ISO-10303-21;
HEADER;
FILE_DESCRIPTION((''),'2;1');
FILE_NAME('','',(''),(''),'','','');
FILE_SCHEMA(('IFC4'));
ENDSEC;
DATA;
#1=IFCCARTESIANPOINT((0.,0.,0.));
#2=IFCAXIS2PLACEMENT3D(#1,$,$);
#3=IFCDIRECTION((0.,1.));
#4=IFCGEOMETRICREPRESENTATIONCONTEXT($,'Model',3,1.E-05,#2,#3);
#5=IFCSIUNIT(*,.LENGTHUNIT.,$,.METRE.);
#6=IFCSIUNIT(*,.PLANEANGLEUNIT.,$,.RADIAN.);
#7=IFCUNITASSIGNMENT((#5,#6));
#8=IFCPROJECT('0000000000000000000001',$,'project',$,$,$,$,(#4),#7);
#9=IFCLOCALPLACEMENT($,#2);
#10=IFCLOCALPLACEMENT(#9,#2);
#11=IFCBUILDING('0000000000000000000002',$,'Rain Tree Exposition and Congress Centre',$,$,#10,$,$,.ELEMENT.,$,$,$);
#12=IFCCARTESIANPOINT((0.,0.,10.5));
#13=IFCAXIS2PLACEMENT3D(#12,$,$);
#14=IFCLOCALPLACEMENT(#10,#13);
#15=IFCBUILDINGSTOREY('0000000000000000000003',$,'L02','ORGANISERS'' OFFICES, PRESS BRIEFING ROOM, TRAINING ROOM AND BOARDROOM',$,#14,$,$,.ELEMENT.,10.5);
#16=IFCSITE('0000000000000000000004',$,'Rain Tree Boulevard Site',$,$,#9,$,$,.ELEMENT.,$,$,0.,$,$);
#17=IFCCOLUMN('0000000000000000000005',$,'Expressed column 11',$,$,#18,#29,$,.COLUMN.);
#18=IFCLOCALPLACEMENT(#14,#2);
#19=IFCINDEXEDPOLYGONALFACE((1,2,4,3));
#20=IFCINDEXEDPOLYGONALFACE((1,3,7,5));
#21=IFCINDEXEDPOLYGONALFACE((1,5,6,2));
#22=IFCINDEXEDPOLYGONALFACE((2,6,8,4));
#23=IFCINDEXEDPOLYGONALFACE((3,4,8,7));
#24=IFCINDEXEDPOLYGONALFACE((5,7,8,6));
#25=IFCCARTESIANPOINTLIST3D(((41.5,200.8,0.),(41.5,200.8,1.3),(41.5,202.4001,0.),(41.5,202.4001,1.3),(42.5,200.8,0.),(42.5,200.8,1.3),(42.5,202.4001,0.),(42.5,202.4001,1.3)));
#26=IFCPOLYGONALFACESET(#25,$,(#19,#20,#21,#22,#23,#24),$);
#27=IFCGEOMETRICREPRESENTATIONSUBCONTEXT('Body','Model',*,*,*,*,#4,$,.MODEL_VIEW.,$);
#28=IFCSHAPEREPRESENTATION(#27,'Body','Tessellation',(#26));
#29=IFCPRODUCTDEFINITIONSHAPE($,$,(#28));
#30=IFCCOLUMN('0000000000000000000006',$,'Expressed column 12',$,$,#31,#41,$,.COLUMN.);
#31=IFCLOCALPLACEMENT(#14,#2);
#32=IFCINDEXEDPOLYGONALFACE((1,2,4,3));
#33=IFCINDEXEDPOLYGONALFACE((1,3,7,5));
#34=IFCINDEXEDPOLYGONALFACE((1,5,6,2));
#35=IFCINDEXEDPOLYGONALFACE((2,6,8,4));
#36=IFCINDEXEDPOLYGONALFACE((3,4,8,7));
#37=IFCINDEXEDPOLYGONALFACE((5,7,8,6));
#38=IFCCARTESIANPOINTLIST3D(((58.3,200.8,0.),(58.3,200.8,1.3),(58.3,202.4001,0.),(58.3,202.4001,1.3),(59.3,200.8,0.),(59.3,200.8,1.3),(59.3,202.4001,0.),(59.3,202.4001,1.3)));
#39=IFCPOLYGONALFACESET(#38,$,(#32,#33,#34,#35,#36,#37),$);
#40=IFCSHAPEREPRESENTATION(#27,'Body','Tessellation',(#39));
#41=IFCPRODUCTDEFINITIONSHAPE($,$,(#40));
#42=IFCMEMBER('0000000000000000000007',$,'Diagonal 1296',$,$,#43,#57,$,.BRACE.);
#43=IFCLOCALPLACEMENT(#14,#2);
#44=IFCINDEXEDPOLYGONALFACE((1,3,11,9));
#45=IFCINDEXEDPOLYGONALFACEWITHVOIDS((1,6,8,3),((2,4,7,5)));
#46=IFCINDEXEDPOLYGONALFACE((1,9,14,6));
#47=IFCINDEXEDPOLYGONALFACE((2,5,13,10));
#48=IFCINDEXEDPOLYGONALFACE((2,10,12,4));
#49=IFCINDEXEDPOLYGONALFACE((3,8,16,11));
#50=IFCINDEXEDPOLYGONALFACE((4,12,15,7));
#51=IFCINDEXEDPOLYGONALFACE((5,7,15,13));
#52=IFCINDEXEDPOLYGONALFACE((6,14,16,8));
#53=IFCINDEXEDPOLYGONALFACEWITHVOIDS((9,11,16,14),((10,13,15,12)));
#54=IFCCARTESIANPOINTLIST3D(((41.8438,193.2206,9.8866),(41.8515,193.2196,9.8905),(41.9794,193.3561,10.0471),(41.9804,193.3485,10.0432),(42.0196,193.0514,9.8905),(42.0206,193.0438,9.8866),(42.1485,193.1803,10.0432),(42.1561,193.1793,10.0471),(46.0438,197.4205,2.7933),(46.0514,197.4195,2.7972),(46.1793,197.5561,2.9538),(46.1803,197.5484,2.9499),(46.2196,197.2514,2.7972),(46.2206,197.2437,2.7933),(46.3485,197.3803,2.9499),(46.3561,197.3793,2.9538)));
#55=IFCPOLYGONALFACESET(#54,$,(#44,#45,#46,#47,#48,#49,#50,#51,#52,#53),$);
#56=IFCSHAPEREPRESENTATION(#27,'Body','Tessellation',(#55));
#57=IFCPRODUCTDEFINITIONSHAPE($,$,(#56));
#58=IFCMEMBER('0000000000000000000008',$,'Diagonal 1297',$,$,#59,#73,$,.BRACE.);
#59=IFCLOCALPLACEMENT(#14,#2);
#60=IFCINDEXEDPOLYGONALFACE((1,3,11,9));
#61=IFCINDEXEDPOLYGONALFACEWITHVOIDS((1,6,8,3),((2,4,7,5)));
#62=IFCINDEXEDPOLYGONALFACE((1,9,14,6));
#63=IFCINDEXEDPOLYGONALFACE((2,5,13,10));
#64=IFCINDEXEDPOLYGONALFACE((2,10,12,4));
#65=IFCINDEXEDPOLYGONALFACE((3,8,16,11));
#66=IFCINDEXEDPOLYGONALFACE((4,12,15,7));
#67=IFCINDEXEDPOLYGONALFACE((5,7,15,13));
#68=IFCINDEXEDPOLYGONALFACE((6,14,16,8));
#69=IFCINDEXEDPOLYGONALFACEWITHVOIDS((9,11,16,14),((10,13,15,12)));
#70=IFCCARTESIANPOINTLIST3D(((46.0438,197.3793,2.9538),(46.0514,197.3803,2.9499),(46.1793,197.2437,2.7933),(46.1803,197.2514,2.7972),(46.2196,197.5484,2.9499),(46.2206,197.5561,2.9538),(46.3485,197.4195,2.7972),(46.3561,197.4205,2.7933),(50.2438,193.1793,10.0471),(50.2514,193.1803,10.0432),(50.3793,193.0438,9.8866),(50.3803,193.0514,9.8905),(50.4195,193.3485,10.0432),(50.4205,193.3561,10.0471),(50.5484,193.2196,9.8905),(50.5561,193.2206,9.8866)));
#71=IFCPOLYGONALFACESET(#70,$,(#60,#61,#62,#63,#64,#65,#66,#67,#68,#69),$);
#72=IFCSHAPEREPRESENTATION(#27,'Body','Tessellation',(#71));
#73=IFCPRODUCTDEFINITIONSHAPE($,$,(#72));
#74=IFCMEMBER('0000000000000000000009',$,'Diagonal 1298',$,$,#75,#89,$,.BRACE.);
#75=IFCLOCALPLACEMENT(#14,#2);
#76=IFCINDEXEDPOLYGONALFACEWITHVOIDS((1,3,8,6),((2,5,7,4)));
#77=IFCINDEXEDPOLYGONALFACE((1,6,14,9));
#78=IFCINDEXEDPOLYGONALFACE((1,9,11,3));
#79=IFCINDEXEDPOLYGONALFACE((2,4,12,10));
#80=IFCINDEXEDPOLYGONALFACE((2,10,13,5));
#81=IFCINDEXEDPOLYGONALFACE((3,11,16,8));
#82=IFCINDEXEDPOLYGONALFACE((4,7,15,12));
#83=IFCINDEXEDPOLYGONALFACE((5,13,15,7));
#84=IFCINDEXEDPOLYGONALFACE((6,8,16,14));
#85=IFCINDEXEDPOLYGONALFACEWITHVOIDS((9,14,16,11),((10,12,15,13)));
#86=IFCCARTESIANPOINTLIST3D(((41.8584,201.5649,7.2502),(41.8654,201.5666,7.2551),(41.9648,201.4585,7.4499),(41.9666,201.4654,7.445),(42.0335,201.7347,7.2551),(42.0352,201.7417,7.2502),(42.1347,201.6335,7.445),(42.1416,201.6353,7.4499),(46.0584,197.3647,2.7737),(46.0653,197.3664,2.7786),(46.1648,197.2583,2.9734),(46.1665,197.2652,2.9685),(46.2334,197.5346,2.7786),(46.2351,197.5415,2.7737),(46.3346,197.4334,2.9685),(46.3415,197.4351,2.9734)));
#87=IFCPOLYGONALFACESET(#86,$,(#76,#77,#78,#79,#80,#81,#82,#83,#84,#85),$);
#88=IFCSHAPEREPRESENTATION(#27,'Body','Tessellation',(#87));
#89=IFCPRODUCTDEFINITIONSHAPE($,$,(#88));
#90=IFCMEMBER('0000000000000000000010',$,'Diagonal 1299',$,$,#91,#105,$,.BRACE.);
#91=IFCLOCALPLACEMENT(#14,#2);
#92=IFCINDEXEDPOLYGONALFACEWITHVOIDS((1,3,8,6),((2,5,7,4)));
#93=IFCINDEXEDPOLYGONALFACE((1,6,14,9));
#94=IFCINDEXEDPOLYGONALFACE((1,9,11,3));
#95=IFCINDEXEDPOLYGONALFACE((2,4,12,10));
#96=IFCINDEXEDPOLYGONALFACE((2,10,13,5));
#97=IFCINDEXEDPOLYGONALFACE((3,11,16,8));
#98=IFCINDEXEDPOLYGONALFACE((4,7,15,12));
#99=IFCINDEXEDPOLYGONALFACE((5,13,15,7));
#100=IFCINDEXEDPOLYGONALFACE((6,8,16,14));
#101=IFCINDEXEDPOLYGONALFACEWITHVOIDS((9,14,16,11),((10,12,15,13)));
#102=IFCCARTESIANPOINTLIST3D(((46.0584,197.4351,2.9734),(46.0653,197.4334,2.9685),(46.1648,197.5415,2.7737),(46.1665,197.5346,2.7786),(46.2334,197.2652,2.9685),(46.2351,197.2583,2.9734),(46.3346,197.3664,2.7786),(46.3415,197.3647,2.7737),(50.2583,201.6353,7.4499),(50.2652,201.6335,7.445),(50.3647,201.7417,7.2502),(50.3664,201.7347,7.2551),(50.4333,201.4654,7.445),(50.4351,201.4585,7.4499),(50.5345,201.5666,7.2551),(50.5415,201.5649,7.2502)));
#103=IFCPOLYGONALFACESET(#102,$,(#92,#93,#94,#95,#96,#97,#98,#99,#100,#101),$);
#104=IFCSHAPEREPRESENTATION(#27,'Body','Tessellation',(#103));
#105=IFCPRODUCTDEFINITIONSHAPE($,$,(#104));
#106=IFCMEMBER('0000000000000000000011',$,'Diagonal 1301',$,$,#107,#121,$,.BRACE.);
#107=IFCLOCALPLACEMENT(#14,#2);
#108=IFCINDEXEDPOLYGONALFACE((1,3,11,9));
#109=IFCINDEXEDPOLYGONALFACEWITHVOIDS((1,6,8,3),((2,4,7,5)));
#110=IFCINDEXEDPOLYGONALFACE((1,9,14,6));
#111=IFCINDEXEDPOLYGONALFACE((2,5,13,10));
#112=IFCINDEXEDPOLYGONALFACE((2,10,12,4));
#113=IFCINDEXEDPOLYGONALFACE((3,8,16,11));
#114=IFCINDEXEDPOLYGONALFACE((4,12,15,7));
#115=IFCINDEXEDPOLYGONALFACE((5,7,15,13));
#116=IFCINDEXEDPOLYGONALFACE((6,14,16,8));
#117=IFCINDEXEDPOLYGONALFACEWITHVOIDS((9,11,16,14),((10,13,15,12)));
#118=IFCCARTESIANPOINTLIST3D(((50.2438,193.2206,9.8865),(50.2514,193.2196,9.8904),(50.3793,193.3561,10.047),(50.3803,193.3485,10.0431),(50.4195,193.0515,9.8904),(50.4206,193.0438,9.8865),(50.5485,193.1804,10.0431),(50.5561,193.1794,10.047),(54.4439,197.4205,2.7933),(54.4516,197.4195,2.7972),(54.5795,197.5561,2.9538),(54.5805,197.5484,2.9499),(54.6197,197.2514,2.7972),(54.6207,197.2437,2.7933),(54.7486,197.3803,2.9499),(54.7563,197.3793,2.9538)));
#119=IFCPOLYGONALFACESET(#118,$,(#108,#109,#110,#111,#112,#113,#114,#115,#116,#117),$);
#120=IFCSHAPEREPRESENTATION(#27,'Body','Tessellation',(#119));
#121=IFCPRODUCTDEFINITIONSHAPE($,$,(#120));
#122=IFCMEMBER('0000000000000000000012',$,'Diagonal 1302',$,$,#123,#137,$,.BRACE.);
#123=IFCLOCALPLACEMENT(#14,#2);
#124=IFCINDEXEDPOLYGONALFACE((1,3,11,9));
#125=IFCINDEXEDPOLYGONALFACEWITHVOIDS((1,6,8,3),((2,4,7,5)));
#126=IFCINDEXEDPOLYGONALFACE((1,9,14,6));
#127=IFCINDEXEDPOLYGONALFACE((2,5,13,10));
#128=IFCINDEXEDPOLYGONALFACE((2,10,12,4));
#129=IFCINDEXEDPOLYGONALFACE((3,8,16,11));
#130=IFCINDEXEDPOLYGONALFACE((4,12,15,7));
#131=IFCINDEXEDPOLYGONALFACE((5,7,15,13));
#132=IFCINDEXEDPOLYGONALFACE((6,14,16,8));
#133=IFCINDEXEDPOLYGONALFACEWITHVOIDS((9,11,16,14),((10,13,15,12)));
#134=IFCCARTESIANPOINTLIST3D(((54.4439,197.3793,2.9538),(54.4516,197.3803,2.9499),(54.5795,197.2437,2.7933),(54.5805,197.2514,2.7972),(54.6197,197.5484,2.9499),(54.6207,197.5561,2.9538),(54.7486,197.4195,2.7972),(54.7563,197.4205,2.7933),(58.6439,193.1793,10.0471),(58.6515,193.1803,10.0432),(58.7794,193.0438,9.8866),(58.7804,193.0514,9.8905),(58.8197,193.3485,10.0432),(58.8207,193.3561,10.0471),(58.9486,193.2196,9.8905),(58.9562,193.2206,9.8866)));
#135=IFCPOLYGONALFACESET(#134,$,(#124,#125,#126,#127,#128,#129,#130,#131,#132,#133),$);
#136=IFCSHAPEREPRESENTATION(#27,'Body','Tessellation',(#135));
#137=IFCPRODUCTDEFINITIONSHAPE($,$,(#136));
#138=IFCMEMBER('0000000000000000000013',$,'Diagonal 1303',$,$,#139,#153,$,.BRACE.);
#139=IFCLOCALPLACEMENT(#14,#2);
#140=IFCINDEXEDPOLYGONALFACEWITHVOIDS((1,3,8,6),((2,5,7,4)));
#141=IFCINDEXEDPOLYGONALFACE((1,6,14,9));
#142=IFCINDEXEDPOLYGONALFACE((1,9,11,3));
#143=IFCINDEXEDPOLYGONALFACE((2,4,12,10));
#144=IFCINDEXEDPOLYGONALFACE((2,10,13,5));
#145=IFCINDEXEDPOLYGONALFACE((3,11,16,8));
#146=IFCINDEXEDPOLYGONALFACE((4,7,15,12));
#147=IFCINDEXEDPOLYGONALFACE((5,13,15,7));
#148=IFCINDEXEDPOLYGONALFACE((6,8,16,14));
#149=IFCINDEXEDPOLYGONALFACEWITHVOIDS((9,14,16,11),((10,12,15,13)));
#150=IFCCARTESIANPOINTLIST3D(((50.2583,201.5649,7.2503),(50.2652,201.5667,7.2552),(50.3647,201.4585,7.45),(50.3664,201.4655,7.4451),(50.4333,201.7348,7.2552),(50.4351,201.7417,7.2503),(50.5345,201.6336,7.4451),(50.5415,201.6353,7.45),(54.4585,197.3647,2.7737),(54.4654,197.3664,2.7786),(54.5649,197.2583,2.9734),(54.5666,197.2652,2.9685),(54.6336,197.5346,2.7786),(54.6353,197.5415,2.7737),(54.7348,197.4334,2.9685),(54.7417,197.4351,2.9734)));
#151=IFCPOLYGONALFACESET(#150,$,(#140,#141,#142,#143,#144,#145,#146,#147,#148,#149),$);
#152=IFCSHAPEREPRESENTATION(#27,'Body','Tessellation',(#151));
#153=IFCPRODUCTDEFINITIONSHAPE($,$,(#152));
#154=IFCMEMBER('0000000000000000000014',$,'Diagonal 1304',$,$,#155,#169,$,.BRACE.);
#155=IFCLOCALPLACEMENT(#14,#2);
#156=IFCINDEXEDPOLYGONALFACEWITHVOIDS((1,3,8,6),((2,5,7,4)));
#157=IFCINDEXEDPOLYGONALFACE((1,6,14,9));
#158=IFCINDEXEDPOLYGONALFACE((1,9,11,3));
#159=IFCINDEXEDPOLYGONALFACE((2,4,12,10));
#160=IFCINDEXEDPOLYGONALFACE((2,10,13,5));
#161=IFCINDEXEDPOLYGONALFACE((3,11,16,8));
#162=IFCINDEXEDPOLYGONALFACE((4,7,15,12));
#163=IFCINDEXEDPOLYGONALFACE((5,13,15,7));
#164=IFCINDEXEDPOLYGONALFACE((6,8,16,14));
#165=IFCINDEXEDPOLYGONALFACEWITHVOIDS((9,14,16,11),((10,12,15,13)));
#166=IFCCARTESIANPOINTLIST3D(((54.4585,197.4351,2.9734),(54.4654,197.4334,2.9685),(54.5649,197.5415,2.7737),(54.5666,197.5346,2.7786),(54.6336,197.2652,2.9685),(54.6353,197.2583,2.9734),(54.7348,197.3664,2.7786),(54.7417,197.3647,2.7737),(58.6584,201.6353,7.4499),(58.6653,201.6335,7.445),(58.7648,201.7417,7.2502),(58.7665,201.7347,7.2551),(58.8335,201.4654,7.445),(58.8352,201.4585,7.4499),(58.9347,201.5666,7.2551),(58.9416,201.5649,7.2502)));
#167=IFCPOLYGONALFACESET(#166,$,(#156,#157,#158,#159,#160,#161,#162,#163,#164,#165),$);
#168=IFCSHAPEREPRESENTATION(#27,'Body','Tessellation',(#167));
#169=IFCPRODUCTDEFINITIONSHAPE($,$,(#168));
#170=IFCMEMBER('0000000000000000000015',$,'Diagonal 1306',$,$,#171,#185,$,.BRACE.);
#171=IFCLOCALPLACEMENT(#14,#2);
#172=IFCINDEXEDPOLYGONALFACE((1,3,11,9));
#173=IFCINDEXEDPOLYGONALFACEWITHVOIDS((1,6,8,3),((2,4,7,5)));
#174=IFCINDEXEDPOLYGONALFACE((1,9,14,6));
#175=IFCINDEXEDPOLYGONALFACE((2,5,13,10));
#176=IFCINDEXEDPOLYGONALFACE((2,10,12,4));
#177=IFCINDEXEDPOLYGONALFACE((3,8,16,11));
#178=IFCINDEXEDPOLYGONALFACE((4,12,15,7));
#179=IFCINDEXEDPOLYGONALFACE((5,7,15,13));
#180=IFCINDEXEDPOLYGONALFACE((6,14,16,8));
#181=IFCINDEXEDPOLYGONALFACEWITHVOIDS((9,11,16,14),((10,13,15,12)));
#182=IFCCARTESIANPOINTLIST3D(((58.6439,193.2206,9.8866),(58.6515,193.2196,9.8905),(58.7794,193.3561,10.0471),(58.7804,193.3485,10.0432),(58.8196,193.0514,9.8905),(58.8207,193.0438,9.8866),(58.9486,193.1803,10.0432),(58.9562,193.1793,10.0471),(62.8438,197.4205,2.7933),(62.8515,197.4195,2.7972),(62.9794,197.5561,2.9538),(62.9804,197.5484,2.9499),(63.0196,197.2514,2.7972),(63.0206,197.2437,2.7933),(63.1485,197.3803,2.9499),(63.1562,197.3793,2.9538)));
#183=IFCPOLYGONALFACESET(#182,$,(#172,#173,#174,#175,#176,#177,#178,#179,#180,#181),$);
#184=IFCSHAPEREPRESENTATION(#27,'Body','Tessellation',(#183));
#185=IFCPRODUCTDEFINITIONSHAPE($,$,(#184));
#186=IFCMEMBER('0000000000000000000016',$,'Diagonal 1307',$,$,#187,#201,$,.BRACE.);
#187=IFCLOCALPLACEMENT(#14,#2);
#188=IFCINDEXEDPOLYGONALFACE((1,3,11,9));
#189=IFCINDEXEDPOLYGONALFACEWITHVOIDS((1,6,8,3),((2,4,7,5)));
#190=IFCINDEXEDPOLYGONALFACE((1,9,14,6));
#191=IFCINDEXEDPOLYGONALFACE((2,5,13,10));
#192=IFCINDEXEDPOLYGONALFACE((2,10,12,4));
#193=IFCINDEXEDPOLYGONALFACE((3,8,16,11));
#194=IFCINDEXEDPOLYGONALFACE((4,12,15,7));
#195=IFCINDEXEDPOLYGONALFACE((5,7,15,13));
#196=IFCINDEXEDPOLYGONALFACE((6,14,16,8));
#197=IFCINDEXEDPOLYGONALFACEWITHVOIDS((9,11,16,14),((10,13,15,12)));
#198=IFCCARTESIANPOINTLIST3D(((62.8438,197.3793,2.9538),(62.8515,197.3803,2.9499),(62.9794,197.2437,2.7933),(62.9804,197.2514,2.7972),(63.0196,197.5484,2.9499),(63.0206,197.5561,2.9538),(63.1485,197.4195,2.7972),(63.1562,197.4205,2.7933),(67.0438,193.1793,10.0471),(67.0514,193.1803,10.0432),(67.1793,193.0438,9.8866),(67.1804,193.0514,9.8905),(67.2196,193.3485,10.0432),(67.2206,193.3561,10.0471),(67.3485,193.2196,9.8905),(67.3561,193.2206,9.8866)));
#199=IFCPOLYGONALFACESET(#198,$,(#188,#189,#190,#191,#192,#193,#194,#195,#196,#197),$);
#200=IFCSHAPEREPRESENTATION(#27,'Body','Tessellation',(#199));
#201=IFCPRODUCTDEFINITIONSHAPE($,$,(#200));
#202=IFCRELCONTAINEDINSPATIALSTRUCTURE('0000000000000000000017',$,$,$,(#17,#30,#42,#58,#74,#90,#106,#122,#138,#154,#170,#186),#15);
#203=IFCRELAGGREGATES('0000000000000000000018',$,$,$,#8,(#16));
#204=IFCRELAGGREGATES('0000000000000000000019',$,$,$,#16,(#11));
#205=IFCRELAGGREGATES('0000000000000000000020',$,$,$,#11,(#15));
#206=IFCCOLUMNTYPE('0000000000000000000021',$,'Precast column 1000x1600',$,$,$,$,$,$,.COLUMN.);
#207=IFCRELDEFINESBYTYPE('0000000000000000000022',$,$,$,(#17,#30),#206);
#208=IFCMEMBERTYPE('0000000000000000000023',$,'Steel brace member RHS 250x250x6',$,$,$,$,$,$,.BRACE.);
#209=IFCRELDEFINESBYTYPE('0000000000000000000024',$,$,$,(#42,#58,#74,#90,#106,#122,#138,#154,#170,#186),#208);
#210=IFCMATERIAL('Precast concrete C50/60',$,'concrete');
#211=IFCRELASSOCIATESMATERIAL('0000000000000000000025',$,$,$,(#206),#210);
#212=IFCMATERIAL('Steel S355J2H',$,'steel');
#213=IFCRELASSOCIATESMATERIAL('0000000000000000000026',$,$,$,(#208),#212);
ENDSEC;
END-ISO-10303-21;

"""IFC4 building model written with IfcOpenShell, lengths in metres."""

from ifc_helpers import new_model, si_unit, direction, frame, origin, origin_2d, place, context, subcontext, project, spatial, rectangle, hollow_rectangle, extrude, material, material_profile, profile_set, type_object, element, save


model = new_model("IFC4")

# Units and contexts
model_context = context("Model", 3, precision=1e-05, world=origin(), true_north=direction((0.0, 1.0)))
body_context = subcontext(model_context, "Body", "Model", "MODEL_VIEW")
ifc_project = project(units=[si_unit("LENGTHUNIT", "METRE"), si_unit("PLANEANGLEUNIT", "RADIAN")], contexts=[model_context])

# Site, building, storey
site_placement = place(None, origin())
site = spatial("IfcSite", under=ifc_project, at=site_placement, Name="Rain Tree Boulevard Site", CompositionType="ELEMENT", RefElevation=0.0)
building_placement = place(site_placement, origin())
building = spatial("IfcBuilding", under=site, at=building_placement, Name="Rain Tree Exposition and Congress Centre", CompositionType="ELEMENT")
storey_placement = place(building_placement, frame((0.0, 0.0, 10.5)))
storey = spatial("IfcBuildingStorey", under=building, at=storey_placement, Name="L02", Description="ORGANISERS' OFFICES, PRESS BRIEFING ROOM, TRAINING ROOM AND BOARDROOM", CompositionType="ELEMENT", Elevation=10.5)

# Columns
ifc_material_1 = material(Name="Precast concrete C50/60", Category="concrete")
ifc_material_profile_1 = material_profile(ifc_material_1, rectangle(XDim=1.0, YDim=1.6001, at=origin_2d()), Name="RC 1000x1600")
ifc_profile_set_1 = profile_set([ifc_material_profile_1], Name="Precast concrete C50/60")
column_type = type_object("IfcColumnType", Name="Precast column 1000x1600", PredefinedType="COLUMN", material=ifc_profile_set_1)
for number, where, z_axis, x_axis, name in (
    (1, (42.0, 201.6001, 0.0), (0.0, 0.0, 1.0), (1.0, 0.0, 0.0), "Expressed column 11"),
    (2, (58.8, 201.6001, 0.0), (0.0, 0.0, 1.0), (1.0, 0.0, 0.0), "Expressed column 12"),
):
    element("IfcColumn", number, at=place(storey_placement, frame(where, z_axis=z_axis, x_axis=x_axis)), inside=storey, type_object=column_type, Name=name, PredefinedType="COLUMN", context=body_context, shape_type="SweptSolid", body=[
        extrude(rectangle(XDim=1.0, YDim=1.6001, at=origin_2d()), origin(), (0.0, 0.0, 1.0), 1.3),
    ])

# Members
ifc_material_2 = material(Name="Steel S355J2H", Category="steel")
ifc_material_profile_2 = material_profile(ifc_material_2, hollow_rectangle(XDim=0.25, YDim=0.25, WallThickness=0.0061, at=origin_2d()), Name="RHS 250x250x6")
ifc_profile_set_2 = profile_set([ifc_material_profile_2], Name="Steel S355J2H")
member_type_1 = type_object("IfcMemberType", Name="Steel brace member RHS 250x250x6", PredefinedType="BRACE", material=ifc_profile_set_2)
for number, where, z_axis, x_axis, name in (
    (3, (46.2, 197.3999, 2.8735), (-0.453966, -0.453966, 0.7667), (0.707107, -0.707107, 0.0), "Diagonal 1296"),
    (4, (46.2, 197.3999, 2.8735), (0.453966, -0.453966, 0.7667), (0.707107, 0.707107, 0.0), "Diagonal 1297"),
):
    element("IfcMember", number, at=place(storey_placement, frame(where, z_axis=z_axis, x_axis=x_axis)), inside=storey, type_object=member_type_1, Name=name, PredefinedType="BRACE", context=body_context, shape_type="SweptSolid", body=[
        extrude(hollow_rectangle(XDim=0.25, YDim=0.25, WallThickness=0.0061, at=origin_2d()), origin(), (0.0, 0.0, 1.0), 9.2517),
    ])
for number, where, z_axis, x_axis, name in (
    (5, (46.2, 197.3999, 2.8735), (-0.564677, 0.564709, 0.601867), (-0.707127, -0.707086, 0.0), "Diagonal 1298"),
    (6, (46.2, 197.3999, 2.8735), (0.564677, 0.564709, 0.601867), (-0.707127, 0.707086, 0.0), "Diagonal 1299"),
):
    element("IfcMember", number, at=place(storey_placement, frame(where, z_axis=z_axis, x_axis=x_axis)), inside=storey, type_object=member_type_1, Name=name, PredefinedType="BRACE", context=body_context, shape_type="SweptSolid", body=[
        extrude(hollow_rectangle(XDim=0.25, YDim=0.25, WallThickness=0.0061, at=origin_2d()), origin(), (0.0, 0.0, 1.0), 7.4377),
    ])
for number, where, z_axis, x_axis, name in (
    (7, (54.6001, 197.3999, 2.8735), (-0.453987, -0.453961, 0.766691), (0.707086, -0.707127, 0.0), "Diagonal 1301"),
    (8, (54.6001, 197.3999, 2.8735), (0.453966, -0.453966, 0.7667), (0.707107, 0.707107, 0.0), "Diagonal 1302"),
):
    element("IfcMember", number, at=place(storey_placement, frame(where, z_axis=z_axis, x_axis=x_axis)), inside=storey, type_object=member_type_1, Name=name, PredefinedType="BRACE", context=body_context, shape_type="SweptSolid", body=[
        extrude(hollow_rectangle(XDim=0.25, YDim=0.25, WallThickness=0.0061, at=origin_2d()), origin(), (0.0, 0.0, 1.0), 9.2517),
    ])
member_1_placement = place(storey_placement, frame((54.6001, 197.3999, 2.8735), z_axis=(-0.564699, 0.564699, 0.601855), x_axis=(-0.707107, -0.707107, 0.0)))
element("IfcMember", 9, at=member_1_placement, inside=storey, type_object=member_type_1, Name="Diagonal 1303", PredefinedType="BRACE", context=body_context, shape_type="SweptSolid", body=[
    extrude(hollow_rectangle(XDim=0.25, YDim=0.25, WallThickness=0.0061, at=origin_2d()), origin(), (0.0, 0.0, 1.0), 7.438),
])
member_2_placement = place(storey_placement, frame((54.6001, 197.3999, 2.8735), z_axis=(0.564677, 0.564709, 0.601867), x_axis=(-0.707127, 0.707086, 0.0)))
element("IfcMember", 10, at=member_2_placement, inside=storey, type_object=member_type_1, Name="Diagonal 1304", PredefinedType="BRACE", context=body_context, shape_type="SweptSolid", body=[
    extrude(hollow_rectangle(XDim=0.25, YDim=0.25, WallThickness=0.0061, at=origin_2d()), origin(), (0.0, 0.0, 1.0), 7.4377),
])
for number, where, z_axis, x_axis, name in (
    (11, (63.0, 197.3999, 2.8735), (-0.453966, -0.453966, 0.7667), (0.707107, -0.707107, 0.0), "Diagonal 1306"),
    (12, (63.0, 197.3999, 2.8735), (0.453966, -0.453966, 0.7667), (0.707107, 0.707107, 0.0), "Diagonal 1307"),
):
    element("IfcMember", number, at=place(storey_placement, frame(where, z_axis=z_axis, x_axis=x_axis)), inside=storey, type_object=member_type_1, Name=name, PredefinedType="BRACE", context=body_context, shape_type="SweptSolid", body=[
        extrude(hollow_rectangle(XDim=0.25, YDim=0.25, WallThickness=0.0061, at=origin_2d()), origin(), (0.0, 0.0, 1.0), 9.2517),
    ])

save(model, "model.ifc")
